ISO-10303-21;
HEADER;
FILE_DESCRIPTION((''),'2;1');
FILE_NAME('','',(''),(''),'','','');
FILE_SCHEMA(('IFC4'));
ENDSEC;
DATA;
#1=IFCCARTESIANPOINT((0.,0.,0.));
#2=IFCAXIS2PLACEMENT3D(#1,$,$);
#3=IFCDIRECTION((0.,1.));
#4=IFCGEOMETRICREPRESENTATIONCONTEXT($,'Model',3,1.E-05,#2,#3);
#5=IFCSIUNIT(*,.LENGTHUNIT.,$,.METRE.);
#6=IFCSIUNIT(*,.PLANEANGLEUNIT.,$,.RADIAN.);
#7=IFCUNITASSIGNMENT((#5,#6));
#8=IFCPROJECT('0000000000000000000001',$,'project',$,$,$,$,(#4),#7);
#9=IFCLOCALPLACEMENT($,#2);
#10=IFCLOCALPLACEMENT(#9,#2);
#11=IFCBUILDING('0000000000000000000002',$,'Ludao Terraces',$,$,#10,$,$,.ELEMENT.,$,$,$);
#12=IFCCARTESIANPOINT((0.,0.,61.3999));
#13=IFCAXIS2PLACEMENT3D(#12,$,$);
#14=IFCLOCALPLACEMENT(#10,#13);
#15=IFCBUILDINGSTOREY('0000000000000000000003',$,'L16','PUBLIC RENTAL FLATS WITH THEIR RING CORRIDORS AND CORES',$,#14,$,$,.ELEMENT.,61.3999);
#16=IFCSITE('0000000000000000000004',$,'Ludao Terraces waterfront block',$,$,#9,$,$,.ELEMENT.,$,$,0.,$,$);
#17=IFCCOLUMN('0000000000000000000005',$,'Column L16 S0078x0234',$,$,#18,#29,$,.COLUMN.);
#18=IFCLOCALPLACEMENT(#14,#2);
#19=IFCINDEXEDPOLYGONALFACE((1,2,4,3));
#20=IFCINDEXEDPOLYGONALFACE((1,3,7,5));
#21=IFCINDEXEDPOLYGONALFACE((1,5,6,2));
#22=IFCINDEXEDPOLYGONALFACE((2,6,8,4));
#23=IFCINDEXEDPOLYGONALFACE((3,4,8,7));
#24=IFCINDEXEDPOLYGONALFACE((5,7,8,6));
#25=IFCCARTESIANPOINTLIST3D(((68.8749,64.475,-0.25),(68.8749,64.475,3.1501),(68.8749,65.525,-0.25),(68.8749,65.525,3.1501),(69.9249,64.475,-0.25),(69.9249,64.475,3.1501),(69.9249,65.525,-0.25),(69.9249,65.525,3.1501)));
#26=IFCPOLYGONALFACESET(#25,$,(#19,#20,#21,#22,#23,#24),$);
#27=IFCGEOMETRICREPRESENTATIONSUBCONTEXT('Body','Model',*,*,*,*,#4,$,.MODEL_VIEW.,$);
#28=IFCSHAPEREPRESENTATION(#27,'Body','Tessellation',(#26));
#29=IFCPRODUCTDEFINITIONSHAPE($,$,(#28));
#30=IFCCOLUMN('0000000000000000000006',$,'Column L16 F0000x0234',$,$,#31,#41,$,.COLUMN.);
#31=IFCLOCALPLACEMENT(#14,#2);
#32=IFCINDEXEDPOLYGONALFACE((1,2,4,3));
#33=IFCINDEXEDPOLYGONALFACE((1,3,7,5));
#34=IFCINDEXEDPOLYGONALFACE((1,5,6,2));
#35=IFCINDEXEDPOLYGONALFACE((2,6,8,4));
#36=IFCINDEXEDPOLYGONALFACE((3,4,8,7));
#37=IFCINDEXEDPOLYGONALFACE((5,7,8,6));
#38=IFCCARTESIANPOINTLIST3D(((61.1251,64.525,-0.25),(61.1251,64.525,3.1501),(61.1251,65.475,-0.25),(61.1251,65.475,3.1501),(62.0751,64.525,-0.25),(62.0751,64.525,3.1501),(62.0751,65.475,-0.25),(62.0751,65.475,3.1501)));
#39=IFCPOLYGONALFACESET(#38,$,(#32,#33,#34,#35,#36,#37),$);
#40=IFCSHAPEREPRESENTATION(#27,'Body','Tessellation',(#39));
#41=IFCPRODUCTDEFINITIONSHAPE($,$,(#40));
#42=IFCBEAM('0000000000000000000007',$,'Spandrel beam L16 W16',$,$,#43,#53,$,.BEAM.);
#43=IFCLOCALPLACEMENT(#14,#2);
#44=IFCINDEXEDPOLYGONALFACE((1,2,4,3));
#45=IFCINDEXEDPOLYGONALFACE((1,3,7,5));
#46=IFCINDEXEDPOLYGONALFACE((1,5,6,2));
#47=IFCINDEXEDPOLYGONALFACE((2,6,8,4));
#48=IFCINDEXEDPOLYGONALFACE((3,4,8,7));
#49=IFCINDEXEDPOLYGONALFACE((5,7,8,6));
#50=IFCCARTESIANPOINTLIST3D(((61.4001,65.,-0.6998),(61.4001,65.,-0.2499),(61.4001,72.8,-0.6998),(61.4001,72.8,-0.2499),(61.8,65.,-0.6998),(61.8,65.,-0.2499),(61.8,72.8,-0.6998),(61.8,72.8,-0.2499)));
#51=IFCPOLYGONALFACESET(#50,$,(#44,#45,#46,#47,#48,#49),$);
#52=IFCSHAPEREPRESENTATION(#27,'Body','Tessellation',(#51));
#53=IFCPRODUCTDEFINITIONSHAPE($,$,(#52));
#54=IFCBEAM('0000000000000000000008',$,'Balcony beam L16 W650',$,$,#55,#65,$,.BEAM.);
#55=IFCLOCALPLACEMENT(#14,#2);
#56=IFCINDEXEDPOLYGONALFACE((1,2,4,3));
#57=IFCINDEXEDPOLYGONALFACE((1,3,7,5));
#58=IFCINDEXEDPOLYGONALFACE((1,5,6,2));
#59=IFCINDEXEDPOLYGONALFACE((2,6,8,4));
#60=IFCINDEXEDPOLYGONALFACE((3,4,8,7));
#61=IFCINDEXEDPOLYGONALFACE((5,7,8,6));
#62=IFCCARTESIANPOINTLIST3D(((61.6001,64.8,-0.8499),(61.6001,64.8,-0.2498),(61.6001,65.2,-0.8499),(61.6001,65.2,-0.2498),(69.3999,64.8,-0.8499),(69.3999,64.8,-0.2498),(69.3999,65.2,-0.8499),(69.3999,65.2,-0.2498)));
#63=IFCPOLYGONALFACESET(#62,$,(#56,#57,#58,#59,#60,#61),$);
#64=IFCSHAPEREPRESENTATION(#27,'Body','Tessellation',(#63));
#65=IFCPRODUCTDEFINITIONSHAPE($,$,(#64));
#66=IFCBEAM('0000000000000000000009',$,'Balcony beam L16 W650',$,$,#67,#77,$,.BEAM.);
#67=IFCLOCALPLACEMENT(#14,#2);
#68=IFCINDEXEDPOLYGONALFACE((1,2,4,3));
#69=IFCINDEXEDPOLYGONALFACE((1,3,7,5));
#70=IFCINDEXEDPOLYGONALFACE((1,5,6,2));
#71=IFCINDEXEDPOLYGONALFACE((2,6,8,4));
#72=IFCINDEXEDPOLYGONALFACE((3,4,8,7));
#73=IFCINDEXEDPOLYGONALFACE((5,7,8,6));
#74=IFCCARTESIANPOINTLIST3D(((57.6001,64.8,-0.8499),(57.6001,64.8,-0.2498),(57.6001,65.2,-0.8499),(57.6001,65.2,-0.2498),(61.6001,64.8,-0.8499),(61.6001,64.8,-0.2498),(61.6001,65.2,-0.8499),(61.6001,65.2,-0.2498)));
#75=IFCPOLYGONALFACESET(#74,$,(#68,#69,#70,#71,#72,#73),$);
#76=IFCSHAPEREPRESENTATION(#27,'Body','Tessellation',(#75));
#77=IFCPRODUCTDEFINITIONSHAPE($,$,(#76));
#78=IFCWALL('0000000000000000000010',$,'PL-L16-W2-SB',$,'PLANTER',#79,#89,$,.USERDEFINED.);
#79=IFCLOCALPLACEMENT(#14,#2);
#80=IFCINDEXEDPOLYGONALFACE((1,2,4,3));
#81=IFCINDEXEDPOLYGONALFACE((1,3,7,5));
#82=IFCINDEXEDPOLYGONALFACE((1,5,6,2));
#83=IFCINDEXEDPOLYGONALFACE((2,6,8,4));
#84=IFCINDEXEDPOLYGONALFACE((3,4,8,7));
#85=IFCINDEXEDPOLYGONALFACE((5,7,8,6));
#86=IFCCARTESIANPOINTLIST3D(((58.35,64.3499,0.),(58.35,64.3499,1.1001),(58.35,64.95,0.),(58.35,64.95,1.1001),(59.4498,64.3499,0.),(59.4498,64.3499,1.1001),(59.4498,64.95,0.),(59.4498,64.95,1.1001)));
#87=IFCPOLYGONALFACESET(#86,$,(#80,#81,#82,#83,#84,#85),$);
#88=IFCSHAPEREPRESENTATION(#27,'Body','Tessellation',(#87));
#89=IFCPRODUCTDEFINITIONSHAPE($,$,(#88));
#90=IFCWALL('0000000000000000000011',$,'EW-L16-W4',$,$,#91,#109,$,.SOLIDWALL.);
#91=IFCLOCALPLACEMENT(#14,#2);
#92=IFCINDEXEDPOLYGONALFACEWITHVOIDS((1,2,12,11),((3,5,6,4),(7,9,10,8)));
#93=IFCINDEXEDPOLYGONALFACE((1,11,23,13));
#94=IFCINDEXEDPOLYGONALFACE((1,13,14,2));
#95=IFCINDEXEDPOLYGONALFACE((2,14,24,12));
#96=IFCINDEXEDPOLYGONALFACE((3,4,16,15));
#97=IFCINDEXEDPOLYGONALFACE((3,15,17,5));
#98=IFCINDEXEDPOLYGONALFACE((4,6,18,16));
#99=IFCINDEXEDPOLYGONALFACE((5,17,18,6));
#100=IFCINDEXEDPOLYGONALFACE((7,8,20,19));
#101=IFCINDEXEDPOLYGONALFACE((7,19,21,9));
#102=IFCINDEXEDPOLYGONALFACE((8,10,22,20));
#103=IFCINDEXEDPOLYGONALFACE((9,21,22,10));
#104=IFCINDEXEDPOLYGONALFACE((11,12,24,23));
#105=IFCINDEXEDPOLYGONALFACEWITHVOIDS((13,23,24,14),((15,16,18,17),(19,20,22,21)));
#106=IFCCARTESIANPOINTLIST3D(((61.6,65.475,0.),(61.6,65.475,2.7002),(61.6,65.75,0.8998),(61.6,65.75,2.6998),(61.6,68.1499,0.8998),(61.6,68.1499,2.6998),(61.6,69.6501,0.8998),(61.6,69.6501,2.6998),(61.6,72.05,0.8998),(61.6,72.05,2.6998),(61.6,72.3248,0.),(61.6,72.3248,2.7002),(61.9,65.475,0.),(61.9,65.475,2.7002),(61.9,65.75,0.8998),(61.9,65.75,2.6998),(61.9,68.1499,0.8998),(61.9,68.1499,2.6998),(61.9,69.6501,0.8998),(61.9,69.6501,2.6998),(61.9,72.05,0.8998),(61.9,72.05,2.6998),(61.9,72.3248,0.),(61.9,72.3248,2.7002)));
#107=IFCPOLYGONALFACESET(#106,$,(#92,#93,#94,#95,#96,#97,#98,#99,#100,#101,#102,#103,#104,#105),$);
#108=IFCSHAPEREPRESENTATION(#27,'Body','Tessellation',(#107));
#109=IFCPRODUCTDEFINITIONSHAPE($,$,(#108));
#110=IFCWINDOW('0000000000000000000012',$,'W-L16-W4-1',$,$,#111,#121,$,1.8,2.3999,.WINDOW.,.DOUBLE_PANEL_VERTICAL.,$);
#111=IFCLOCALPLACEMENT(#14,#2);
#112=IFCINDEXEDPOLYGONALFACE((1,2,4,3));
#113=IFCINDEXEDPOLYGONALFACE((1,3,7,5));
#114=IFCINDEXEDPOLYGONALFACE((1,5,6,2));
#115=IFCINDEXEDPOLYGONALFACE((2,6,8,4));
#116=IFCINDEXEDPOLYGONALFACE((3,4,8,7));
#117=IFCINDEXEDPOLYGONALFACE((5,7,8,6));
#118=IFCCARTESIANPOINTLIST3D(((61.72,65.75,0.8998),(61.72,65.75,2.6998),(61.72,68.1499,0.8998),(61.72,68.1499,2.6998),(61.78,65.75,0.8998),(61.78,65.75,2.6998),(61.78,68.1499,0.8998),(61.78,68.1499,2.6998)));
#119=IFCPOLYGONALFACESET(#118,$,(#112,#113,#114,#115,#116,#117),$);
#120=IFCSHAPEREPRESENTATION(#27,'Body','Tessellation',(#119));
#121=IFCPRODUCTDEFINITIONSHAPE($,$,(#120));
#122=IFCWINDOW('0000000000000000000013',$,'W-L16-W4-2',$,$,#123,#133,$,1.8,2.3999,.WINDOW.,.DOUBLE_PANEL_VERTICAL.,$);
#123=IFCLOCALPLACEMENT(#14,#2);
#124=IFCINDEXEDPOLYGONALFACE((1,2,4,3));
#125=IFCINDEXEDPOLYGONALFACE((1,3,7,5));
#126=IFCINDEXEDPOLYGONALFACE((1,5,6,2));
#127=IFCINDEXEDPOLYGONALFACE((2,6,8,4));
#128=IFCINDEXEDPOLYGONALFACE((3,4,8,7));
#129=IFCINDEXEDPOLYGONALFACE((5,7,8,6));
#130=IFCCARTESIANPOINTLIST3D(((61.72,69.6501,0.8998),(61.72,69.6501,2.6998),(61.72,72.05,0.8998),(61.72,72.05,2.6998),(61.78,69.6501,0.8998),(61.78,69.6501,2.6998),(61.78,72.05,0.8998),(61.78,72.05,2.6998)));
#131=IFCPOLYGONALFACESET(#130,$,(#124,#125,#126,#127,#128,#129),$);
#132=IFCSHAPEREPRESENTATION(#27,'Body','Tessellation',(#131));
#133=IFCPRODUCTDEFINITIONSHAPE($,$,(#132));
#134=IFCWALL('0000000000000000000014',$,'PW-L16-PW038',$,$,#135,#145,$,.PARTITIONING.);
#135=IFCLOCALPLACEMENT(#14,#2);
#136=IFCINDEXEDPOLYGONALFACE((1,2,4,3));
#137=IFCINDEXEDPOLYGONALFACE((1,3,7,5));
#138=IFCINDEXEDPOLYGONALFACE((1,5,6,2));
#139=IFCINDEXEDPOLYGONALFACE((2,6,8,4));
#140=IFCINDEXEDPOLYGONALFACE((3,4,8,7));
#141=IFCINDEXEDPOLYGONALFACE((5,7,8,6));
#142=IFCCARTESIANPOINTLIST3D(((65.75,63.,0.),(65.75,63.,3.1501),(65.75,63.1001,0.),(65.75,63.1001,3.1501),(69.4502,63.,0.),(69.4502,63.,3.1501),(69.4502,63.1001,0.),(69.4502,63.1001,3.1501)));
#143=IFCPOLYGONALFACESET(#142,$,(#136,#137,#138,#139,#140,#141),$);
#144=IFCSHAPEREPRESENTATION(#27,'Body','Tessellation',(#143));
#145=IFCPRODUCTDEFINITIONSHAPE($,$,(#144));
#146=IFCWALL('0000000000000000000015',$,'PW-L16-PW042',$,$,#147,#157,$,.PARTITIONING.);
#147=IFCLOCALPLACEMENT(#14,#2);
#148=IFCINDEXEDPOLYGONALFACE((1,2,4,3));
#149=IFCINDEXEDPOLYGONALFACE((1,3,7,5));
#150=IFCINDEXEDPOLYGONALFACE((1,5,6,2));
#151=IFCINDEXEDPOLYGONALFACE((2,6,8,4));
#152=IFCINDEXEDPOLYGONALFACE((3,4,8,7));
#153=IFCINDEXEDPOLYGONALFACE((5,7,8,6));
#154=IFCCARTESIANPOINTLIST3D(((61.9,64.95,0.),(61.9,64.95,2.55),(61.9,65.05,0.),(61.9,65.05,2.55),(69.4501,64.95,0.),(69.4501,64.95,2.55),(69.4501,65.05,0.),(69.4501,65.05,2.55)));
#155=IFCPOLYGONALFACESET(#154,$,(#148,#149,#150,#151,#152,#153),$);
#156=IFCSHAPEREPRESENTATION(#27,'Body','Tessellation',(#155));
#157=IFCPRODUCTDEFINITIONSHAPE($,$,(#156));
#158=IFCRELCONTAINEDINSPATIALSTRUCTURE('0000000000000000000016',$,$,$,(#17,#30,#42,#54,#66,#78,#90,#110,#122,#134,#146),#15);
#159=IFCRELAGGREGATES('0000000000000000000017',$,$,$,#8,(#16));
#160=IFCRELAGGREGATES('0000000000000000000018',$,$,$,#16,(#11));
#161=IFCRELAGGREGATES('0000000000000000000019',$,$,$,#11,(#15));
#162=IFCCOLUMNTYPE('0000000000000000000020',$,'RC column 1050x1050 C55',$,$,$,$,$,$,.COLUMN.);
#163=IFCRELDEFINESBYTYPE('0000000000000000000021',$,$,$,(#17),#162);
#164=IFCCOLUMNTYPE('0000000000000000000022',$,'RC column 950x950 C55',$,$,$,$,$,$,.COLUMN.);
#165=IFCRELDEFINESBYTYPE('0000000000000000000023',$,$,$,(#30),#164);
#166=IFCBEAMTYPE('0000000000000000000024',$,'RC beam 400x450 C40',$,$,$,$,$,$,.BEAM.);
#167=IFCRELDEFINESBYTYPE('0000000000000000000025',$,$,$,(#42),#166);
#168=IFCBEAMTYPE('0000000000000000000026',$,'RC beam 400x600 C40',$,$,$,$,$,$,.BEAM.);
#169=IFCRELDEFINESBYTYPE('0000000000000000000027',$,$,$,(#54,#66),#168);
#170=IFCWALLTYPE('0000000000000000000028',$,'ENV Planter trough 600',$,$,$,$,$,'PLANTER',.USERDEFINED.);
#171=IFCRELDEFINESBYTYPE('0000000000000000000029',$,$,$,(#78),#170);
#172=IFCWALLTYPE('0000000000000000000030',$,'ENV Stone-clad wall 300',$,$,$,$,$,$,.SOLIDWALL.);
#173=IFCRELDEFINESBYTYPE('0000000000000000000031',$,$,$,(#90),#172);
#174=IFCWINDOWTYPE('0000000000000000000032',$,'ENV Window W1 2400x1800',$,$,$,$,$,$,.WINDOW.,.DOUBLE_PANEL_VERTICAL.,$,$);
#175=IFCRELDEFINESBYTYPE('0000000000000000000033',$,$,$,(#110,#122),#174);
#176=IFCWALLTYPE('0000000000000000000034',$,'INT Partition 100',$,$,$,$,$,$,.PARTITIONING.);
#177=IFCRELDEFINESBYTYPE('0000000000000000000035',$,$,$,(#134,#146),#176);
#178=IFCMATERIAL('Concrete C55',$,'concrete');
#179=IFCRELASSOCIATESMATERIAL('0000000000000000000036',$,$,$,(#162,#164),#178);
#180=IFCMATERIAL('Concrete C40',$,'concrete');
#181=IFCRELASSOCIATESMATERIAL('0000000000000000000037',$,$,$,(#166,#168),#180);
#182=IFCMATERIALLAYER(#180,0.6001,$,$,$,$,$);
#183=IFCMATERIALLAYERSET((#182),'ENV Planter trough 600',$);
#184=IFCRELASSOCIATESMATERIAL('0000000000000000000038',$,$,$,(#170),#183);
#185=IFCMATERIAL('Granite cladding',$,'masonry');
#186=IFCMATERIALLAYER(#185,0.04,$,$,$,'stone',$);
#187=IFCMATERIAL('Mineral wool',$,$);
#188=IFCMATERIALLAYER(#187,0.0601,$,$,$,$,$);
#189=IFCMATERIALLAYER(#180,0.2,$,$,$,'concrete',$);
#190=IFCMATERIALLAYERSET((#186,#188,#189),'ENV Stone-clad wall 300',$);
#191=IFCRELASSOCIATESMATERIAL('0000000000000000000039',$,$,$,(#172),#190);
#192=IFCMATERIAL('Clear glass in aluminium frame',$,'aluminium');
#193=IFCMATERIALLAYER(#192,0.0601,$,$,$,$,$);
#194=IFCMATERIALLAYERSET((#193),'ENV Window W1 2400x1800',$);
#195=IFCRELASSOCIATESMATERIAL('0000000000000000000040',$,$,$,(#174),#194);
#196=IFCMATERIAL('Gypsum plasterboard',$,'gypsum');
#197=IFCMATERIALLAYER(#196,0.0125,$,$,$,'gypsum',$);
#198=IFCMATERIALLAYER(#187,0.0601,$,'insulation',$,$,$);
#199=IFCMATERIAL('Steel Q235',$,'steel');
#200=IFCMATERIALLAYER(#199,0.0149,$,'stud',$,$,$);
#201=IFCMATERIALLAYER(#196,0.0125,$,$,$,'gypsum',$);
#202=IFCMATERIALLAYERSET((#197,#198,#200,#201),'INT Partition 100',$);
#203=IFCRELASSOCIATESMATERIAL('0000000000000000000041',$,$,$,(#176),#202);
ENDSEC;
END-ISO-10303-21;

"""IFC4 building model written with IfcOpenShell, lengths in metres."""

from ifc_helpers import new_model, si_unit, direction, frame, frame_2d, origin, origin_2d, place, context, subcontext, project, spatial, rectangle, extrude, material, layer, layer_set, material_profile, profile_set, type_object, element, fill, save


model = new_model("IFC4")

# Units and contexts
model_context = context("Model", 3, precision=1e-05, world=origin(), true_north=direction((0.0, 1.0)))
body_context = subcontext(model_context, "Body", "Model", "MODEL_VIEW")
ifc_project = project(units=[si_unit("LENGTHUNIT", "METRE"), si_unit("PLANEANGLEUNIT", "RADIAN")], contexts=[model_context])

# Site, building, storey
site_placement = place(None, origin())
site = spatial("IfcSite", under=ifc_project, at=site_placement, Name="Ludao Terraces waterfront block", CompositionType="ELEMENT", RefElevation=0.0)
building_placement = place(site_placement, origin())
building = spatial("IfcBuilding", under=site, at=building_placement, Name="Ludao Terraces", CompositionType="ELEMENT")
storey_placement = place(building_placement, frame((0.0, 0.0, 61.3999)))
storey = spatial("IfcBuildingStorey", under=building, at=storey_placement, Name="L16", Description="PUBLIC RENTAL FLATS WITH THEIR RING CORRIDORS AND CORES", CompositionType="ELEMENT", Elevation=61.3999)

# Columns
ifc_material_1 = material(Name="Concrete C55", Category="concrete")
ifc_material_profile_1 = material_profile(ifc_material_1, rectangle(XDim=1.05, YDim=1.05, at=origin_2d()), Name="1050 X 1050")
ifc_profile_set_1 = profile_set([ifc_material_profile_1], Name="Concrete C55")
column_type_1 = type_object("IfcColumnType", Name="RC column 1050x1050 C55", PredefinedType="COLUMN", material=ifc_profile_set_1)
column_1_placement = place(storey_placement, frame((69.3999, 65.0, -0.25), z_axis=(0.0, 0.0, 1.0), x_axis=(1.0, 0.0, 0.0)))
element("IfcColumn", 1, at=column_1_placement, inside=storey, type_object=column_type_1, Name="Column L16 S0078x0234", PredefinedType="COLUMN", context=body_context, shape_type="SweptSolid", body=[
    extrude(rectangle(XDim=1.05, YDim=1.05, at=origin_2d()), origin(), (0.0, 0.0, 1.0), 3.4001),
])
ifc_material_profile_2 = material_profile(ifc_material_1, rectangle(XDim=0.95, YDim=0.95, at=origin_2d()), Name="950 X 950")
ifc_profile_set_2 = profile_set([ifc_material_profile_2], Name="Concrete C55")
column_type_2 = type_object("IfcColumnType", Name="RC column 950x950 C55", PredefinedType="COLUMN", material=ifc_profile_set_2)
column_2_placement = place(storey_placement, frame((61.6001, 65.0, -0.25), z_axis=(0.0, 0.0, 1.0), x_axis=(1.0, 0.0, 0.0)))
element("IfcColumn", 2, at=column_2_placement, inside=storey, type_object=column_type_2, Name="Column L16 F0000x0234", PredefinedType="COLUMN", context=body_context, shape_type="SweptSolid", body=[
    extrude(rectangle(XDim=0.95, YDim=0.95, at=origin_2d()), origin(), (0.0, 0.0, 1.0), 3.4001),
])

# Beams
ifc_material_2 = material(Name="Concrete C40", Category="concrete")
ifc_material_profile_3 = material_profile(ifc_material_2, rectangle(XDim=0.3999, YDim=0.45, at=origin_2d()), Name="400 X 450")
ifc_profile_set_3 = profile_set([ifc_material_profile_3], Name="Concrete C40")
beam_type_1 = type_object("IfcBeamType", Name="RC beam 400x450 C40", PredefinedType="BEAM", material=ifc_profile_set_3)
beam_1_placement = place(storey_placement, frame((61.6001, 65.0, -0.4749), z_axis=(0.0, 1.0, 0.0), x_axis=(-1.0, 0.0, 0.0)))
element("IfcBeam", 3, at=beam_1_placement, inside=storey, type_object=beam_type_1, Name="Spandrel beam L16 W16", PredefinedType="BEAM", context=body_context, shape_type="SweptSolid", body=[
    extrude(rectangle(XDim=0.3999, YDim=0.45, at=origin_2d()), origin(), (0.0, 0.0, 1.0), 7.8),
])
ifc_material_profile_4 = material_profile(ifc_material_2, rectangle(XDim=0.3999, YDim=0.6001, at=origin_2d()), Name="400 X 600")
ifc_profile_set_4 = profile_set([ifc_material_profile_4], Name="Concrete C40")
beam_type_2 = type_object("IfcBeamType", Name="RC beam 400x600 C40", PredefinedType="BEAM", material=ifc_profile_set_4)
beam_2_placement = place(storey_placement, frame((69.3999, 65.0, -0.5498), z_axis=(-1.0, 0.0, 0.0), x_axis=(0.0, -1.0, 0.0)))
element("IfcBeam", 4, at=beam_2_placement, inside=storey, type_object=beam_type_2, Name="Balcony beam L16 W650", PredefinedType="BEAM", context=body_context, shape_type="SweptSolid", body=[
    extrude(rectangle(XDim=0.3999, YDim=0.6001, at=origin_2d()), origin(), (0.0, 0.0, 1.0), 7.7998),
])
beam_3_placement = place(storey_placement, frame((61.6001, 65.0, -0.5498), z_axis=(-1.0, 0.0, 0.0), x_axis=(0.0, -1.0, 0.0)))
element("IfcBeam", 5, at=beam_3_placement, inside=storey, type_object=beam_type_2, Name="Balcony beam L16 W650", PredefinedType="BEAM", context=body_context, shape_type="SweptSolid", body=[
    extrude(rectangle(XDim=0.3999, YDim=0.6001, at=origin_2d()), origin(), (0.0, 0.0, 1.0), 4.0),
])

# Wall
ifc_layer_1 = layer(ifc_material_2, 0.6001)
ifc_layer_set_1 = layer_set([ifc_layer_1], Name="ENV Planter trough 600")
wall_type_1 = type_object("IfcWallType", Name="ENV Planter trough 600", ElementType="PLANTER", PredefinedType="USERDEFINED", material=ifc_layer_set_1)
wall_1_placement = place(storey_placement, frame((58.3501, 64.6499, 0.0), z_axis=(0.0, 0.0, 1.0), x_axis=(1.0, 0.0, 0.0)))
element("IfcWall", 6, at=wall_1_placement, inside=storey, type_object=wall_type_1, Name="PL-L16-W2-SB", ObjectType="PLANTER", PredefinedType="USERDEFINED", context=body_context, shape_type="SweptSolid", body=[
    extrude(rectangle(XDim=1.0999, YDim=0.6001, at=frame_2d((0.5498, 0.0))), origin(), (0.0, 0.0, 1.0), 1.1001),
])

# Wall, openings, windows
ifc_material_3 = material(Name="Granite cladding", Category="masonry")
ifc_layer_2 = layer(ifc_material_3, 0.04, Category="stone")
ifc_material_4 = material(Name="Mineral wool")
ifc_layer_3 = layer(ifc_material_4, 0.0601)
ifc_layer_4 = layer(ifc_material_2, 0.2, Category="concrete")
ifc_layer_set_2 = layer_set([ifc_layer_2, ifc_layer_3, ifc_layer_4], Name="ENV Stone-clad wall 300")
wall_type_2 = type_object("IfcWallType", Name="ENV Stone-clad wall 300", PredefinedType="SOLIDWALL", material=ifc_layer_set_2)
wall_2_placement = place(storey_placement, frame((61.75, 65.4751, 0.0), z_axis=(0.0, 0.0, 1.0), x_axis=(0.0, 1.0, 0.0)))
wall_2 = element("IfcWall", 7, at=wall_2_placement, inside=storey, type_object=wall_type_2, Name="EW-L16-W4", PredefinedType="SOLIDWALL", context=body_context, shape_type="SweptSolid", body=[
    extrude(rectangle(XDim=6.8499, YDim=0.3, at=frame_2d((3.4248, 0.0))), origin(), (0.0, 0.0, 1.0), 2.7002),
])
opening_1_placement = place(wall_2_placement, frame((0.2749, 0.0, 0.8999)))
opening_1 = element("IfcOpeningElement", 8, at=opening_1_placement, cuts=wall_2, PredefinedType="OPENING", context=body_context, shape_type="SweptSolid", body=[
    extrude(rectangle(XDim=2.3999, YDim=1.8, at=frame_2d((1.2, 0.8999))), frame((0.0, 0.1602, 0.0), z_axis=(0.0, -1.0, 0.0), x_axis=(1.0, 0.0, 0.0)), (0.0, 0.0, 1.0), 0.3201),
])
opening_2_placement = place(wall_2_placement, frame((4.175, 0.0, 0.8999)))
opening_2 = element("IfcOpeningElement", 9, at=opening_2_placement, cuts=wall_2, PredefinedType="OPENING", context=body_context, shape_type="SweptSolid", body=[
    extrude(rectangle(XDim=2.3999, YDim=1.8, at=frame_2d((1.2, 0.8999))), frame((0.0, 0.1602, 0.0), z_axis=(0.0, -1.0, 0.0), x_axis=(1.0, 0.0, 0.0)), (0.0, 0.0, 1.0), 0.3201),
])
ifc_material_5 = material(Name="Clear glass in aluminium frame", Category="aluminium")
ifc_layer_5 = layer(ifc_material_5, 0.0601)
ifc_layer_set_3 = layer_set([ifc_layer_5], Name="ENV Window W1 2400x1800")
window_type = type_object("IfcWindowType", Name="ENV Window W1 2400x1800", PartitioningType="DOUBLE_PANEL_VERTICAL", PredefinedType="WINDOW", material=ifc_layer_set_3)
window_1_placement = place(opening_1_placement, origin())
window_1 = element("IfcWindow", 10, at=window_1_placement, inside=storey, type_object=window_type, Name="W-L16-W4-1", OverallHeight=1.8, OverallWidth=2.3999, PartitioningType="DOUBLE_PANEL_VERTICAL", PredefinedType="WINDOW", context=body_context, shape_type="SweptSolid", body=[
    extrude(rectangle(XDim=2.3999, YDim=1.8, at=frame_2d((1.2, 0.8999))), frame((0.0, 0.03, 0.0), z_axis=(0.0, -1.0, 0.0), x_axis=(1.0, 0.0, 0.0)), (0.0, 0.0, 1.0), 0.0601),
])
fill(opening_1, window_1)
window_2_placement = place(opening_2_placement, origin())
window_2 = element("IfcWindow", 11, at=window_2_placement, inside=storey, type_object=window_type, Name="W-L16-W4-2", OverallHeight=1.8, OverallWidth=2.3999, PartitioningType="DOUBLE_PANEL_VERTICAL", PredefinedType="WINDOW", context=body_context, shape_type="SweptSolid", body=[
    extrude(rectangle(XDim=2.3999, YDim=1.8, at=frame_2d((1.2, 0.8999))), frame((0.0, 0.03, 0.0), z_axis=(0.0, -1.0, 0.0), x_axis=(1.0, 0.0, 0.0)), (0.0, 0.0, 1.0), 0.0601),
])
fill(opening_2, window_2)

# Walls
ifc_material_6 = material(Name="Gypsum plasterboard", Category="gypsum")
ifc_layer_6 = layer(ifc_material_6, 0.0125, Category="gypsum")
ifc_layer_7 = layer(ifc_material_4, 0.0601, Name="insulation")
ifc_material_7 = material(Name="Steel Q235", Category="steel")
ifc_layer_8 = layer(ifc_material_7, 0.0149, Name="stud")
ifc_layer_9 = layer(ifc_material_6, 0.0125, Category="gypsum")
ifc_layer_set_4 = layer_set([ifc_layer_6, ifc_layer_7, ifc_layer_8, ifc_layer_9], Name="INT Partition 100")
wall_type_3 = type_object("IfcWallType", Name="INT Partition 100", PredefinedType="PARTITIONING", material=ifc_layer_set_4)
wall_3_placement = place(storey_placement, frame((65.75, 63.05, 0.0), z_axis=(0.0, 0.0, 1.0), x_axis=(1.0, 0.0, 0.0)))
element("IfcWall", 12, at=wall_3_placement, inside=storey, type_object=wall_type_3, Name="PW-L16-PW038", PredefinedType="PARTITIONING", context=body_context, shape_type="SweptSolid", body=[
    extrude(rectangle(XDim=3.7002, YDim=0.1001, at=frame_2d((1.8501, 0.0))), origin(), (0.0, 0.0, 1.0), 3.1501),
])
wall_4_placement = place(storey_placement, frame((61.9001, 65.0, 0.0), z_axis=(0.0, 0.0, 1.0), x_axis=(1.0, 0.0, 0.0)))
element("IfcWall", 13, at=wall_4_placement, inside=storey, type_object=wall_type_3, Name="PW-L16-PW042", PredefinedType="PARTITIONING", context=body_context, shape_type="SweptSolid", body=[
    extrude(rectangle(XDim=7.55, YDim=0.1001, at=frame_2d((3.7749, 0.0))), origin(), (0.0, 0.0, 1.0), 2.55),
])

save(model, "model.ifc")
